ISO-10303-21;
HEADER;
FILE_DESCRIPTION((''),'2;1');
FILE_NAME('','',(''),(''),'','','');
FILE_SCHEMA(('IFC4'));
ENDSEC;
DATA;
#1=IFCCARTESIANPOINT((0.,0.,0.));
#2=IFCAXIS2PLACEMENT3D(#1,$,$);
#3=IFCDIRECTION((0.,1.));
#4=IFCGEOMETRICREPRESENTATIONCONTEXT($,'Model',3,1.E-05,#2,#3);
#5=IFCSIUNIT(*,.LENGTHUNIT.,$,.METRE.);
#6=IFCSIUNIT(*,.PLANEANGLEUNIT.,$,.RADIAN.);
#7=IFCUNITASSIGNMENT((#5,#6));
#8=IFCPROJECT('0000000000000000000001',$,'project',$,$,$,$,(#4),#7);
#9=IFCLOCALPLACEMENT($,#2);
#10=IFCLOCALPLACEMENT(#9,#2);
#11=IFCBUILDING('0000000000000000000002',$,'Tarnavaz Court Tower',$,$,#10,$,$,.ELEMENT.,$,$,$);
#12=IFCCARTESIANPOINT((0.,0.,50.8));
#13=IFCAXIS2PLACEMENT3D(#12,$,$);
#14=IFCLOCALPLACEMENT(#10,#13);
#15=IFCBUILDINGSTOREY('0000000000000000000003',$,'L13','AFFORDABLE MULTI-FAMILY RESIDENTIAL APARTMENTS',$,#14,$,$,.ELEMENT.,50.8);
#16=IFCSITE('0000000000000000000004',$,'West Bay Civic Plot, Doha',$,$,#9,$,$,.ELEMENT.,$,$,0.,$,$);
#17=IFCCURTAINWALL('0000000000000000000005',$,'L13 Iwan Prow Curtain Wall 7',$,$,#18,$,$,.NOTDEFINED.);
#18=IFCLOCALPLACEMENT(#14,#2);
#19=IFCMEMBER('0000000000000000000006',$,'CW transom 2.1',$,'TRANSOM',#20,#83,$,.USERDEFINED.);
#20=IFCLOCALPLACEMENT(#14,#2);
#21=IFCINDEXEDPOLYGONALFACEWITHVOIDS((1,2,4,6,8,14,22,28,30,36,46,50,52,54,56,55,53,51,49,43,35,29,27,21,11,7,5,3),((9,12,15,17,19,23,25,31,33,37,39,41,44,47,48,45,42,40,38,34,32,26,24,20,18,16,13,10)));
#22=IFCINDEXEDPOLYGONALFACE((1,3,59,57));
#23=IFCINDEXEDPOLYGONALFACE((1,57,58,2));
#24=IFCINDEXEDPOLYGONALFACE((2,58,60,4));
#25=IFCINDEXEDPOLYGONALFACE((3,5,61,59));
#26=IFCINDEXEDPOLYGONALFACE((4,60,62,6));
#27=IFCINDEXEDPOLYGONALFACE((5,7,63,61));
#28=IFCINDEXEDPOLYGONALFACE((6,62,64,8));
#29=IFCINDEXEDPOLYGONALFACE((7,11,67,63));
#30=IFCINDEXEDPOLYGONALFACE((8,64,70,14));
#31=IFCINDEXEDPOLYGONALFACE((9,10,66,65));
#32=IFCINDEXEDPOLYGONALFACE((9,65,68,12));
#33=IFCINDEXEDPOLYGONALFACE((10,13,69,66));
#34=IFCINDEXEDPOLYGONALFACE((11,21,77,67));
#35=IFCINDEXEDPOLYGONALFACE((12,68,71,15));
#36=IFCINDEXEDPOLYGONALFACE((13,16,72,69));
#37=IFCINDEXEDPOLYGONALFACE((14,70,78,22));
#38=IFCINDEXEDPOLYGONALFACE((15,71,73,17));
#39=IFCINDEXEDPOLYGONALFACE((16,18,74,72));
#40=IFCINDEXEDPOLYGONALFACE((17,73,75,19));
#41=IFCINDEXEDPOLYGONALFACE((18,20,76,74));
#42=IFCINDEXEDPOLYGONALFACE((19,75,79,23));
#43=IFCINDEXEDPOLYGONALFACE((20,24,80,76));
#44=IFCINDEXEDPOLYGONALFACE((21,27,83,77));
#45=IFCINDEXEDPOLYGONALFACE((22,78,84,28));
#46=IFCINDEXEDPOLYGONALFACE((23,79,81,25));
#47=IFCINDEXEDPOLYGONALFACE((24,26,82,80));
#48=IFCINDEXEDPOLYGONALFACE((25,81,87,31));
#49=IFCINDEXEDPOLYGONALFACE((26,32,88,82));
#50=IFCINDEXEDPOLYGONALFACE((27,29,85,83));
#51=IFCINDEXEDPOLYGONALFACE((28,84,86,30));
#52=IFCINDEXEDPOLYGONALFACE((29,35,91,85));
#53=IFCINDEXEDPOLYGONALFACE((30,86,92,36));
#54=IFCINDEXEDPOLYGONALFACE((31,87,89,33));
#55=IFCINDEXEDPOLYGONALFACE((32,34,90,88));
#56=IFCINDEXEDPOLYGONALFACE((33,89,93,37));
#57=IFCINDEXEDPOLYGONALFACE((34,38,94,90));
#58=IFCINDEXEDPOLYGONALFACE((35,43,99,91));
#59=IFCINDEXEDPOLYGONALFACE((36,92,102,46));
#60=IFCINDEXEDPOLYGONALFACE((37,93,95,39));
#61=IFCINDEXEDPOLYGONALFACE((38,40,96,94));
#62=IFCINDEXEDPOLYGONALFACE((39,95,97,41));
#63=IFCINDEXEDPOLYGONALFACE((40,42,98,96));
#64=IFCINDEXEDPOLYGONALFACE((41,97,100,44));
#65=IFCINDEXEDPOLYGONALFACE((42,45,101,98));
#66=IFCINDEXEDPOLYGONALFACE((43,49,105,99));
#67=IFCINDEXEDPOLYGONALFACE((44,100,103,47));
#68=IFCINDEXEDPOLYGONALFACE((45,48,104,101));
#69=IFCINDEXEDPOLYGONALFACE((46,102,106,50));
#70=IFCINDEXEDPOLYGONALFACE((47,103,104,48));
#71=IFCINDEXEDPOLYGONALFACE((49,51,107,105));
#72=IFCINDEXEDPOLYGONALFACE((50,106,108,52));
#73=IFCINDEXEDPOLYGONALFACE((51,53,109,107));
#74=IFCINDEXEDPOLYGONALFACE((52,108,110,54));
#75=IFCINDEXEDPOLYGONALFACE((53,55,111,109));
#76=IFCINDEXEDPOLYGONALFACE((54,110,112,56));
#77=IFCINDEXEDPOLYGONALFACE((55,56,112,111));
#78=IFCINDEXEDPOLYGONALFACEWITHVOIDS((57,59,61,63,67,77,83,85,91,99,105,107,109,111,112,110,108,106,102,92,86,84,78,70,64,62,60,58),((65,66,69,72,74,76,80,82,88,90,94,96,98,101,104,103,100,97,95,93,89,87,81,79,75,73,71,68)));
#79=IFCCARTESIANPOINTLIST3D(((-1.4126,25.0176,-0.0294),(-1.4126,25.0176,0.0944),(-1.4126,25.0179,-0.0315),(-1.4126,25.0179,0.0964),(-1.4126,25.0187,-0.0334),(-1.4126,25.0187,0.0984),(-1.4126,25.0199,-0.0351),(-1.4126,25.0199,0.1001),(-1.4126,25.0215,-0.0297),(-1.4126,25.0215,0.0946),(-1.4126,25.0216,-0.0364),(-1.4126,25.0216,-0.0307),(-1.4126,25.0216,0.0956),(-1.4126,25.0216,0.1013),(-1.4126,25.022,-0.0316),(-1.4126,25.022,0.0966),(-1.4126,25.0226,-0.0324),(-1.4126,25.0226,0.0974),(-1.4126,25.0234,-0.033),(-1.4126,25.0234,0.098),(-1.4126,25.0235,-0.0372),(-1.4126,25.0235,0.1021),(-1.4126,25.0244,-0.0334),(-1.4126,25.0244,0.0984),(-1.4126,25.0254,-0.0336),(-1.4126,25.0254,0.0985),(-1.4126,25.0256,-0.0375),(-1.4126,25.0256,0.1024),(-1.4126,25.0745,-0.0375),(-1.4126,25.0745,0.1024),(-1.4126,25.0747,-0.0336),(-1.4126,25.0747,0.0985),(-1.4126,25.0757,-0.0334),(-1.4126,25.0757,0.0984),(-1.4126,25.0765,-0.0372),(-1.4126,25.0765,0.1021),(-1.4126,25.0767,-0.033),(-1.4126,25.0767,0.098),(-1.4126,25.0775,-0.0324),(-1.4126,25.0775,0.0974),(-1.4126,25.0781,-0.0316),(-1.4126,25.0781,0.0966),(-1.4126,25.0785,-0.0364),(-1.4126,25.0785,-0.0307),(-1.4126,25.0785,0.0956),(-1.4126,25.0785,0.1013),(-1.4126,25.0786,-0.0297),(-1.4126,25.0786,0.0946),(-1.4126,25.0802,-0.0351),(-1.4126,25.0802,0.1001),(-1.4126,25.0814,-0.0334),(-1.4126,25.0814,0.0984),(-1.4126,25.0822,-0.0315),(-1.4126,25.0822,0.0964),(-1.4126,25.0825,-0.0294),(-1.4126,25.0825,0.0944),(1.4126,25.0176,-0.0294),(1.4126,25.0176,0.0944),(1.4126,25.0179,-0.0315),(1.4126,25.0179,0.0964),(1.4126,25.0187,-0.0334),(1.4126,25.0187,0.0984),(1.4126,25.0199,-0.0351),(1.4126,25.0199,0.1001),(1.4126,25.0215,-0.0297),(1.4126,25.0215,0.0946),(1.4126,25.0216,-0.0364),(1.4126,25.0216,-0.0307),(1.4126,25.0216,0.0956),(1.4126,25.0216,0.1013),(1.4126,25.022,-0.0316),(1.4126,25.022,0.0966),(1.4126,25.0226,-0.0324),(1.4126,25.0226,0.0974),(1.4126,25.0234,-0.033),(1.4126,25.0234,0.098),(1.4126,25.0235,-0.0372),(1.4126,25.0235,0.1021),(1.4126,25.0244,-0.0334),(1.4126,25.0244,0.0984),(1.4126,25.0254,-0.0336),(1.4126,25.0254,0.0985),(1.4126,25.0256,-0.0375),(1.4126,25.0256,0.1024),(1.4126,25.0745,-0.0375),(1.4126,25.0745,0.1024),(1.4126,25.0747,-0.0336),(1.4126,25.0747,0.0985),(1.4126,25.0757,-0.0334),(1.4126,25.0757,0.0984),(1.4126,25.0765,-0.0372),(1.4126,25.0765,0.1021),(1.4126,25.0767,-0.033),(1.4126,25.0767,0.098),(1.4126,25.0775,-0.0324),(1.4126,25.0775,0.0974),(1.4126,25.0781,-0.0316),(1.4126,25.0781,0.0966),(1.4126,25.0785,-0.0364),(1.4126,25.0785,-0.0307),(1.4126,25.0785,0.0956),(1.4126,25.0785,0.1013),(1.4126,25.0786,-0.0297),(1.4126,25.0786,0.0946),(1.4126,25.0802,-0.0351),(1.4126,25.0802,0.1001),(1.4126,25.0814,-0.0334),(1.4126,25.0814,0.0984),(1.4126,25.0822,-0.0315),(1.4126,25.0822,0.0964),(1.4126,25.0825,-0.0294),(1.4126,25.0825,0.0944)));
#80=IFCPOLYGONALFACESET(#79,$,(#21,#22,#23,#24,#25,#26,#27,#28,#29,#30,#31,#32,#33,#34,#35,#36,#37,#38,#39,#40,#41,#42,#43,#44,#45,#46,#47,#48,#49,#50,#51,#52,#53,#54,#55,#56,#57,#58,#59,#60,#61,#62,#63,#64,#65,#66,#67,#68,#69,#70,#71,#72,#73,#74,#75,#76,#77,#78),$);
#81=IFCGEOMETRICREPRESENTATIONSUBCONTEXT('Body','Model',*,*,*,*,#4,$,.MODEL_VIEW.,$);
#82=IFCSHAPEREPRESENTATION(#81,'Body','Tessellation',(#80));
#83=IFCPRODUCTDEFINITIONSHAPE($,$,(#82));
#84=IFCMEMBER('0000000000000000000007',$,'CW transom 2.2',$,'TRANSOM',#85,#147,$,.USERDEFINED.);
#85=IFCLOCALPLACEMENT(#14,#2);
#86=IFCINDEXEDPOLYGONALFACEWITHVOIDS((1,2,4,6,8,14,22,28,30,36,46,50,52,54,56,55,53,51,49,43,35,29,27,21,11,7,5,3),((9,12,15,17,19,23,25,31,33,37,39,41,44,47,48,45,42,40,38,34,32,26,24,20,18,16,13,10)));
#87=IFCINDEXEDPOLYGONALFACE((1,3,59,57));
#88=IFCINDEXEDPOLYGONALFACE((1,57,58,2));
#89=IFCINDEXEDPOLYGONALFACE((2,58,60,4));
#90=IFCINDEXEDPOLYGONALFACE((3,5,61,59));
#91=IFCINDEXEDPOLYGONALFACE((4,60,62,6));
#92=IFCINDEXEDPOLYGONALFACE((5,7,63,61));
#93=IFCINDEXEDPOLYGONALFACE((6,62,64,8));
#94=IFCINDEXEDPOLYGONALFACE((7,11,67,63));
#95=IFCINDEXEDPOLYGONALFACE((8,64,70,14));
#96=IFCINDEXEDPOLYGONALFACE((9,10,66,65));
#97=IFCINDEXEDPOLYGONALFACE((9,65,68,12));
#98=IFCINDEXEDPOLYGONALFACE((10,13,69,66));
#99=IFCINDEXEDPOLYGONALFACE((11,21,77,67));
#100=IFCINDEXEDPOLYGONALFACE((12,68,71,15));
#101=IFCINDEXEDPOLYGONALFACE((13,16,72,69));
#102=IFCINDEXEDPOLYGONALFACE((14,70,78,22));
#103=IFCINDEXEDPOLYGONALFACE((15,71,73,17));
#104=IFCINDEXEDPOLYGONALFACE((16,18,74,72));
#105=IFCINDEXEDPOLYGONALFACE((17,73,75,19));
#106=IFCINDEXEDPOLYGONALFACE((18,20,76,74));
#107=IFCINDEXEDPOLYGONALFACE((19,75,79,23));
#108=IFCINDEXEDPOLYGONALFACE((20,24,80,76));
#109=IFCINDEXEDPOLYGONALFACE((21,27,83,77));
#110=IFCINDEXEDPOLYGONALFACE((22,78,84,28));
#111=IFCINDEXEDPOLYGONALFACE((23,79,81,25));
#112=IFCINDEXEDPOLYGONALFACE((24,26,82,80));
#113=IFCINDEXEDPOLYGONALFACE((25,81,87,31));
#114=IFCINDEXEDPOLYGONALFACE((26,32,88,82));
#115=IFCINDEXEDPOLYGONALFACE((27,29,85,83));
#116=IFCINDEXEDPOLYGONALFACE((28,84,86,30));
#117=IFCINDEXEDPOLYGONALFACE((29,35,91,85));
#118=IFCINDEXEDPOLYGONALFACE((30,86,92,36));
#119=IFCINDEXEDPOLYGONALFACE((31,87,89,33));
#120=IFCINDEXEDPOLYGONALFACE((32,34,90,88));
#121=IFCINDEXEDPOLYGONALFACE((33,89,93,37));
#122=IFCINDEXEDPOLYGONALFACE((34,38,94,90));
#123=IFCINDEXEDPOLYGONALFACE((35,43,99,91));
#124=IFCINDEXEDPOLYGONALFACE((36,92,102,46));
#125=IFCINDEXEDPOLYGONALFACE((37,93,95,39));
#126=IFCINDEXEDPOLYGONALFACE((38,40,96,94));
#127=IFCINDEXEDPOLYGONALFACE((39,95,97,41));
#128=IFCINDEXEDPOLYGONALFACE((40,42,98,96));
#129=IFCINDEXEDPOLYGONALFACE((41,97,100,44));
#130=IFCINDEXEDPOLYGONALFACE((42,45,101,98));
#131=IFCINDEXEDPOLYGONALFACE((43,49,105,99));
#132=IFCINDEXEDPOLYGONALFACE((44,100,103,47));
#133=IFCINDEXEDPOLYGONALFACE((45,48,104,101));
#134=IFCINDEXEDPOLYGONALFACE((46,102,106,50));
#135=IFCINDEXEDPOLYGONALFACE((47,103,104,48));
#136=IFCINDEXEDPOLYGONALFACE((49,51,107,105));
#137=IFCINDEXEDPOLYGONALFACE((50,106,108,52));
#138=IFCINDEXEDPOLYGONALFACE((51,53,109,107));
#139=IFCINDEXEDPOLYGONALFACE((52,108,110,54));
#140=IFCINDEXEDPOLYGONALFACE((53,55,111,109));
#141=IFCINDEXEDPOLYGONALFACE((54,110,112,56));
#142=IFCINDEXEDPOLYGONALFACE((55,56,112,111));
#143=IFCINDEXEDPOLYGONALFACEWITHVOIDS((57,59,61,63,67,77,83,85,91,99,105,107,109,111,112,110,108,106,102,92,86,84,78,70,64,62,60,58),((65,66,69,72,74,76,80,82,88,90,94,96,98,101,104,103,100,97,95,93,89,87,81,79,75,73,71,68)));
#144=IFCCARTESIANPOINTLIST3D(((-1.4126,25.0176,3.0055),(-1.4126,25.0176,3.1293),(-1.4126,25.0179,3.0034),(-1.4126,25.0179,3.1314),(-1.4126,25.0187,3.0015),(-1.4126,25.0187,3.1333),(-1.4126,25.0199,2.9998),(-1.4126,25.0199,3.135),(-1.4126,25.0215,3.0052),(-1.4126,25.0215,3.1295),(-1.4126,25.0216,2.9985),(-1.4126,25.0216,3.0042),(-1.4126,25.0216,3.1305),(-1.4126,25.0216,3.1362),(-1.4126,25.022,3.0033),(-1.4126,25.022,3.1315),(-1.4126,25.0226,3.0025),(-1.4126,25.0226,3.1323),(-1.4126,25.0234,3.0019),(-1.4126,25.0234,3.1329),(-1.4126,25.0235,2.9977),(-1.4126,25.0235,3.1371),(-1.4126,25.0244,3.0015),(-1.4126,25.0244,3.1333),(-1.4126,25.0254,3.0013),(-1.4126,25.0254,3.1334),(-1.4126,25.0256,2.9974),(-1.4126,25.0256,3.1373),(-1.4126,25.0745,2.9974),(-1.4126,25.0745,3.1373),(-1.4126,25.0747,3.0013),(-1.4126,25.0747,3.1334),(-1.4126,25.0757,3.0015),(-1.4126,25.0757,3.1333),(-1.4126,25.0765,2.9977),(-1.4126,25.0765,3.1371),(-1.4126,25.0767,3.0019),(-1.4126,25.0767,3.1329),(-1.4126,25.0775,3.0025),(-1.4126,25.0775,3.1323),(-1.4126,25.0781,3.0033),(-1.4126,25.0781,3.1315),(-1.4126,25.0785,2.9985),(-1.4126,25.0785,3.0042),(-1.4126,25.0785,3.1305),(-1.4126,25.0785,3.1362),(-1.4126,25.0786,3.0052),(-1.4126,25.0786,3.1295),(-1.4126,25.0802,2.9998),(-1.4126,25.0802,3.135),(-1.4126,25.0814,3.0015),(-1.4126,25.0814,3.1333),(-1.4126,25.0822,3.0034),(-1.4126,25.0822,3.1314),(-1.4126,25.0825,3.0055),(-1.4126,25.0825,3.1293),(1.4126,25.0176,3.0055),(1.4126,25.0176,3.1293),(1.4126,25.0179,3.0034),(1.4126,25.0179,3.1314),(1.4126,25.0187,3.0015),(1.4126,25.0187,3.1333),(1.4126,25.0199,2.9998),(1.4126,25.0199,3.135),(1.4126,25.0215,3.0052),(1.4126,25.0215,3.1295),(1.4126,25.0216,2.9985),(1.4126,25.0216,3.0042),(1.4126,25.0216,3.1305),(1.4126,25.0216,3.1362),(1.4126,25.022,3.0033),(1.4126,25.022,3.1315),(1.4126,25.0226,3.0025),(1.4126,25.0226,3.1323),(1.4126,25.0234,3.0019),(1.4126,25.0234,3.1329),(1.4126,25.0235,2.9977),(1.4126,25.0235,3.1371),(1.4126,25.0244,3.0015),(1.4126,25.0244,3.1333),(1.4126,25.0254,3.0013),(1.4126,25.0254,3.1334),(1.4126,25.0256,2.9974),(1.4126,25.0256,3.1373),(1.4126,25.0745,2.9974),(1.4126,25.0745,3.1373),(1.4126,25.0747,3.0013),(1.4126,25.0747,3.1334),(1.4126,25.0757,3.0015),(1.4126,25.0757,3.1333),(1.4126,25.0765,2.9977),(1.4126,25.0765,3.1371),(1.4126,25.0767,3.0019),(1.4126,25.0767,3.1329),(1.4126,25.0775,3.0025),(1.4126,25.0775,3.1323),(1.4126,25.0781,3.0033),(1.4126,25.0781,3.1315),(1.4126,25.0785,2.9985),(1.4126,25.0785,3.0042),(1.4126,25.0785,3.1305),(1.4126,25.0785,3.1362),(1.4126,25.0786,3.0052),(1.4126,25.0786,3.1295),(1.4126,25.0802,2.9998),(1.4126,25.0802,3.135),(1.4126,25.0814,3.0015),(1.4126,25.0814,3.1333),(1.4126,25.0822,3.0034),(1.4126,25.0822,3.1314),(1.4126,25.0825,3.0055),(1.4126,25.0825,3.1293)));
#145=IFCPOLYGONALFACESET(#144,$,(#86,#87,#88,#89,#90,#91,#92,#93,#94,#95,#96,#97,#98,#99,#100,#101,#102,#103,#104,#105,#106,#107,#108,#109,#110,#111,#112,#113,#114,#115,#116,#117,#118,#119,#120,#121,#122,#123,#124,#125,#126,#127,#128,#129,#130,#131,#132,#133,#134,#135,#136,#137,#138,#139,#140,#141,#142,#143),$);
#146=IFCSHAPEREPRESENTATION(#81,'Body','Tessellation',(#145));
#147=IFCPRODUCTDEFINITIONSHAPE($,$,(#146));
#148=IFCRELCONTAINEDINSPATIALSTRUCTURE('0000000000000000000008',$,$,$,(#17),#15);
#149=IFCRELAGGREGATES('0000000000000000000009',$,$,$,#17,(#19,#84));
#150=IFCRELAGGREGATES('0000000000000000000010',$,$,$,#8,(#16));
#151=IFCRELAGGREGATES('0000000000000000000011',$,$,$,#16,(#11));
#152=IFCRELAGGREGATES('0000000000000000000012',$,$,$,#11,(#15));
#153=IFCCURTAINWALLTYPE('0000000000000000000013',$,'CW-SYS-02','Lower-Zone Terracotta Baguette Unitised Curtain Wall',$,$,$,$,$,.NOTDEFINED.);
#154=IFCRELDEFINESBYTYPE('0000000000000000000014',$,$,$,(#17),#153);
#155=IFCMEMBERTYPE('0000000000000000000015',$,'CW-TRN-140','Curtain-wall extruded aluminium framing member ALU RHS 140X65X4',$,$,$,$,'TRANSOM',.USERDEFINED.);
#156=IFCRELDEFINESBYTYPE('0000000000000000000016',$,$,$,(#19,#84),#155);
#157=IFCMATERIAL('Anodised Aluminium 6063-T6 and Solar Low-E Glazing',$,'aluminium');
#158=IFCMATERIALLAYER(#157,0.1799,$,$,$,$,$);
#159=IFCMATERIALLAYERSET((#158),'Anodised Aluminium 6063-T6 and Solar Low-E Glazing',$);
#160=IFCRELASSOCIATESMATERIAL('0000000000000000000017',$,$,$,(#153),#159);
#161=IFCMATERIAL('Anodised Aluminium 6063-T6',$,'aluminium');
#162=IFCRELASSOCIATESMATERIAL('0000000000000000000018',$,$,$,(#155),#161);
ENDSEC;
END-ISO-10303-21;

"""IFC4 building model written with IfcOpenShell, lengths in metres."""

from ifc_helpers import new_model, si_unit, direction, frame, origin, origin_2d, place, context, subcontext, project, spatial, hollow_rectangle, extrude, material, layer, layer_set, material_profile, profile_set, type_object, element, aggregate, save


model = new_model("IFC4")

# Units and contexts
model_context = context("Model", 3, precision=1e-05, world=origin(), true_north=direction((0.0, 1.0)))
body_context = subcontext(model_context, "Body", "Model", "MODEL_VIEW")
ifc_project = project(units=[si_unit("LENGTHUNIT", "METRE"), si_unit("PLANEANGLEUNIT", "RADIAN")], contexts=[model_context])

# Site, building, storey
site_placement = place(None, origin())
site = spatial("IfcSite", under=ifc_project, at=site_placement, Name="West Bay Civic Plot, Doha", CompositionType="ELEMENT", RefElevation=0.0)
building_placement = place(site_placement, origin())
building = spatial("IfcBuilding", under=site, at=building_placement, Name="Tarnavaz Court Tower", CompositionType="ELEMENT")
storey_placement = place(building_placement, frame((0.0, 0.0, 50.8)))
storey = spatial("IfcBuildingStorey", under=building, at=storey_placement, Name="L13", Description="AFFORDABLE MULTI-FAMILY RESIDENTIAL APARTMENTS", CompositionType="ELEMENT", Elevation=50.8)

# Curtain wall, members
ifc_material_1 = material(Name="Anodised Aluminium 6063-T6 and Solar Low-E Glazing", Category="aluminium")
ifc_layer_1 = layer(ifc_material_1, 0.1799)
ifc_layer_set_1 = layer_set([ifc_layer_1], Name="Anodised Aluminium 6063-T6 and Solar Low-E Glazing")
curtain_wall_type = type_object("IfcCurtainWallType", Name="CW-SYS-02", Description="Lower-Zone Terracotta Baguette Unitised Curtain Wall", PredefinedType="NOTDEFINED", material=ifc_layer_set_1)
curtain_wall_placement = place(storey_placement, origin())
curtain_wall = element("IfcCurtainWall", 1, at=curtain_wall_placement, inside=storey, type_object=curtain_wall_type, Name="L13 Iwan Prow Curtain Wall 7", PredefinedType="NOTDEFINED")
ifc_material_2 = material(Name="Anodised Aluminium 6063-T6", Category="aluminium")
ifc_material_profile_1 = material_profile(ifc_material_2, hollow_rectangle(XDim=0.0649, YDim=0.1399, WallThickness=0.0039, InnerFilletRadius=0.0039, OuterFilletRadius=0.0081, at=origin_2d()), Name="ALU RHS 140X65X4")
ifc_profile_set_1 = profile_set([ifc_material_profile_1], Name="Anodised Aluminium 6063-T6")
member_type_1 = type_object("IfcMemberType", Name="CW-TRN-140", Description="Curtain-wall extruded aluminium framing member ALU RHS 140X65X4", ElementType="TRANSOM", PredefinedType="USERDEFINED", material=ifc_profile_set_1)
member_1_placement = place(storey_placement, frame((-1.4126, 25.05, 0.0325), z_axis=(1.0, 0.0, 0.0), x_axis=(0.0, 1.0, 0.0)))
member_1 = element("IfcMember", 2, at=member_1_placement, type_object=member_type_1, Name="CW transom 2.1", ObjectType="TRANSOM", PredefinedType="USERDEFINED", context=body_context, shape_type="SweptSolid", body=[
    extrude(hollow_rectangle(XDim=0.0649, YDim=0.1399, WallThickness=0.0039, InnerFilletRadius=0.0039, OuterFilletRadius=0.0081, at=origin_2d()), origin(), (0.0, 0.0, 1.0), 2.8252),
])
member_2_placement = place(storey_placement, frame((-1.4126, 25.05, 3.0674), z_axis=(1.0, 0.0, 0.0), x_axis=(0.0, 1.0, 0.0)))
member_2 = element("IfcMember", 3, at=member_2_placement, type_object=member_type_1, Name="CW transom 2.2", ObjectType="TRANSOM", PredefinedType="USERDEFINED", context=body_context, shape_type="SweptSolid", body=[
    extrude(hollow_rectangle(XDim=0.0649, YDim=0.1399, WallThickness=0.0039, InnerFilletRadius=0.0039, OuterFilletRadius=0.0081, at=origin_2d()), origin(), (0.0, 0.0, 1.0), 2.8252),
])
aggregate(curtain_wall, [member_1, member_2])

save(model, "model.ifc")
